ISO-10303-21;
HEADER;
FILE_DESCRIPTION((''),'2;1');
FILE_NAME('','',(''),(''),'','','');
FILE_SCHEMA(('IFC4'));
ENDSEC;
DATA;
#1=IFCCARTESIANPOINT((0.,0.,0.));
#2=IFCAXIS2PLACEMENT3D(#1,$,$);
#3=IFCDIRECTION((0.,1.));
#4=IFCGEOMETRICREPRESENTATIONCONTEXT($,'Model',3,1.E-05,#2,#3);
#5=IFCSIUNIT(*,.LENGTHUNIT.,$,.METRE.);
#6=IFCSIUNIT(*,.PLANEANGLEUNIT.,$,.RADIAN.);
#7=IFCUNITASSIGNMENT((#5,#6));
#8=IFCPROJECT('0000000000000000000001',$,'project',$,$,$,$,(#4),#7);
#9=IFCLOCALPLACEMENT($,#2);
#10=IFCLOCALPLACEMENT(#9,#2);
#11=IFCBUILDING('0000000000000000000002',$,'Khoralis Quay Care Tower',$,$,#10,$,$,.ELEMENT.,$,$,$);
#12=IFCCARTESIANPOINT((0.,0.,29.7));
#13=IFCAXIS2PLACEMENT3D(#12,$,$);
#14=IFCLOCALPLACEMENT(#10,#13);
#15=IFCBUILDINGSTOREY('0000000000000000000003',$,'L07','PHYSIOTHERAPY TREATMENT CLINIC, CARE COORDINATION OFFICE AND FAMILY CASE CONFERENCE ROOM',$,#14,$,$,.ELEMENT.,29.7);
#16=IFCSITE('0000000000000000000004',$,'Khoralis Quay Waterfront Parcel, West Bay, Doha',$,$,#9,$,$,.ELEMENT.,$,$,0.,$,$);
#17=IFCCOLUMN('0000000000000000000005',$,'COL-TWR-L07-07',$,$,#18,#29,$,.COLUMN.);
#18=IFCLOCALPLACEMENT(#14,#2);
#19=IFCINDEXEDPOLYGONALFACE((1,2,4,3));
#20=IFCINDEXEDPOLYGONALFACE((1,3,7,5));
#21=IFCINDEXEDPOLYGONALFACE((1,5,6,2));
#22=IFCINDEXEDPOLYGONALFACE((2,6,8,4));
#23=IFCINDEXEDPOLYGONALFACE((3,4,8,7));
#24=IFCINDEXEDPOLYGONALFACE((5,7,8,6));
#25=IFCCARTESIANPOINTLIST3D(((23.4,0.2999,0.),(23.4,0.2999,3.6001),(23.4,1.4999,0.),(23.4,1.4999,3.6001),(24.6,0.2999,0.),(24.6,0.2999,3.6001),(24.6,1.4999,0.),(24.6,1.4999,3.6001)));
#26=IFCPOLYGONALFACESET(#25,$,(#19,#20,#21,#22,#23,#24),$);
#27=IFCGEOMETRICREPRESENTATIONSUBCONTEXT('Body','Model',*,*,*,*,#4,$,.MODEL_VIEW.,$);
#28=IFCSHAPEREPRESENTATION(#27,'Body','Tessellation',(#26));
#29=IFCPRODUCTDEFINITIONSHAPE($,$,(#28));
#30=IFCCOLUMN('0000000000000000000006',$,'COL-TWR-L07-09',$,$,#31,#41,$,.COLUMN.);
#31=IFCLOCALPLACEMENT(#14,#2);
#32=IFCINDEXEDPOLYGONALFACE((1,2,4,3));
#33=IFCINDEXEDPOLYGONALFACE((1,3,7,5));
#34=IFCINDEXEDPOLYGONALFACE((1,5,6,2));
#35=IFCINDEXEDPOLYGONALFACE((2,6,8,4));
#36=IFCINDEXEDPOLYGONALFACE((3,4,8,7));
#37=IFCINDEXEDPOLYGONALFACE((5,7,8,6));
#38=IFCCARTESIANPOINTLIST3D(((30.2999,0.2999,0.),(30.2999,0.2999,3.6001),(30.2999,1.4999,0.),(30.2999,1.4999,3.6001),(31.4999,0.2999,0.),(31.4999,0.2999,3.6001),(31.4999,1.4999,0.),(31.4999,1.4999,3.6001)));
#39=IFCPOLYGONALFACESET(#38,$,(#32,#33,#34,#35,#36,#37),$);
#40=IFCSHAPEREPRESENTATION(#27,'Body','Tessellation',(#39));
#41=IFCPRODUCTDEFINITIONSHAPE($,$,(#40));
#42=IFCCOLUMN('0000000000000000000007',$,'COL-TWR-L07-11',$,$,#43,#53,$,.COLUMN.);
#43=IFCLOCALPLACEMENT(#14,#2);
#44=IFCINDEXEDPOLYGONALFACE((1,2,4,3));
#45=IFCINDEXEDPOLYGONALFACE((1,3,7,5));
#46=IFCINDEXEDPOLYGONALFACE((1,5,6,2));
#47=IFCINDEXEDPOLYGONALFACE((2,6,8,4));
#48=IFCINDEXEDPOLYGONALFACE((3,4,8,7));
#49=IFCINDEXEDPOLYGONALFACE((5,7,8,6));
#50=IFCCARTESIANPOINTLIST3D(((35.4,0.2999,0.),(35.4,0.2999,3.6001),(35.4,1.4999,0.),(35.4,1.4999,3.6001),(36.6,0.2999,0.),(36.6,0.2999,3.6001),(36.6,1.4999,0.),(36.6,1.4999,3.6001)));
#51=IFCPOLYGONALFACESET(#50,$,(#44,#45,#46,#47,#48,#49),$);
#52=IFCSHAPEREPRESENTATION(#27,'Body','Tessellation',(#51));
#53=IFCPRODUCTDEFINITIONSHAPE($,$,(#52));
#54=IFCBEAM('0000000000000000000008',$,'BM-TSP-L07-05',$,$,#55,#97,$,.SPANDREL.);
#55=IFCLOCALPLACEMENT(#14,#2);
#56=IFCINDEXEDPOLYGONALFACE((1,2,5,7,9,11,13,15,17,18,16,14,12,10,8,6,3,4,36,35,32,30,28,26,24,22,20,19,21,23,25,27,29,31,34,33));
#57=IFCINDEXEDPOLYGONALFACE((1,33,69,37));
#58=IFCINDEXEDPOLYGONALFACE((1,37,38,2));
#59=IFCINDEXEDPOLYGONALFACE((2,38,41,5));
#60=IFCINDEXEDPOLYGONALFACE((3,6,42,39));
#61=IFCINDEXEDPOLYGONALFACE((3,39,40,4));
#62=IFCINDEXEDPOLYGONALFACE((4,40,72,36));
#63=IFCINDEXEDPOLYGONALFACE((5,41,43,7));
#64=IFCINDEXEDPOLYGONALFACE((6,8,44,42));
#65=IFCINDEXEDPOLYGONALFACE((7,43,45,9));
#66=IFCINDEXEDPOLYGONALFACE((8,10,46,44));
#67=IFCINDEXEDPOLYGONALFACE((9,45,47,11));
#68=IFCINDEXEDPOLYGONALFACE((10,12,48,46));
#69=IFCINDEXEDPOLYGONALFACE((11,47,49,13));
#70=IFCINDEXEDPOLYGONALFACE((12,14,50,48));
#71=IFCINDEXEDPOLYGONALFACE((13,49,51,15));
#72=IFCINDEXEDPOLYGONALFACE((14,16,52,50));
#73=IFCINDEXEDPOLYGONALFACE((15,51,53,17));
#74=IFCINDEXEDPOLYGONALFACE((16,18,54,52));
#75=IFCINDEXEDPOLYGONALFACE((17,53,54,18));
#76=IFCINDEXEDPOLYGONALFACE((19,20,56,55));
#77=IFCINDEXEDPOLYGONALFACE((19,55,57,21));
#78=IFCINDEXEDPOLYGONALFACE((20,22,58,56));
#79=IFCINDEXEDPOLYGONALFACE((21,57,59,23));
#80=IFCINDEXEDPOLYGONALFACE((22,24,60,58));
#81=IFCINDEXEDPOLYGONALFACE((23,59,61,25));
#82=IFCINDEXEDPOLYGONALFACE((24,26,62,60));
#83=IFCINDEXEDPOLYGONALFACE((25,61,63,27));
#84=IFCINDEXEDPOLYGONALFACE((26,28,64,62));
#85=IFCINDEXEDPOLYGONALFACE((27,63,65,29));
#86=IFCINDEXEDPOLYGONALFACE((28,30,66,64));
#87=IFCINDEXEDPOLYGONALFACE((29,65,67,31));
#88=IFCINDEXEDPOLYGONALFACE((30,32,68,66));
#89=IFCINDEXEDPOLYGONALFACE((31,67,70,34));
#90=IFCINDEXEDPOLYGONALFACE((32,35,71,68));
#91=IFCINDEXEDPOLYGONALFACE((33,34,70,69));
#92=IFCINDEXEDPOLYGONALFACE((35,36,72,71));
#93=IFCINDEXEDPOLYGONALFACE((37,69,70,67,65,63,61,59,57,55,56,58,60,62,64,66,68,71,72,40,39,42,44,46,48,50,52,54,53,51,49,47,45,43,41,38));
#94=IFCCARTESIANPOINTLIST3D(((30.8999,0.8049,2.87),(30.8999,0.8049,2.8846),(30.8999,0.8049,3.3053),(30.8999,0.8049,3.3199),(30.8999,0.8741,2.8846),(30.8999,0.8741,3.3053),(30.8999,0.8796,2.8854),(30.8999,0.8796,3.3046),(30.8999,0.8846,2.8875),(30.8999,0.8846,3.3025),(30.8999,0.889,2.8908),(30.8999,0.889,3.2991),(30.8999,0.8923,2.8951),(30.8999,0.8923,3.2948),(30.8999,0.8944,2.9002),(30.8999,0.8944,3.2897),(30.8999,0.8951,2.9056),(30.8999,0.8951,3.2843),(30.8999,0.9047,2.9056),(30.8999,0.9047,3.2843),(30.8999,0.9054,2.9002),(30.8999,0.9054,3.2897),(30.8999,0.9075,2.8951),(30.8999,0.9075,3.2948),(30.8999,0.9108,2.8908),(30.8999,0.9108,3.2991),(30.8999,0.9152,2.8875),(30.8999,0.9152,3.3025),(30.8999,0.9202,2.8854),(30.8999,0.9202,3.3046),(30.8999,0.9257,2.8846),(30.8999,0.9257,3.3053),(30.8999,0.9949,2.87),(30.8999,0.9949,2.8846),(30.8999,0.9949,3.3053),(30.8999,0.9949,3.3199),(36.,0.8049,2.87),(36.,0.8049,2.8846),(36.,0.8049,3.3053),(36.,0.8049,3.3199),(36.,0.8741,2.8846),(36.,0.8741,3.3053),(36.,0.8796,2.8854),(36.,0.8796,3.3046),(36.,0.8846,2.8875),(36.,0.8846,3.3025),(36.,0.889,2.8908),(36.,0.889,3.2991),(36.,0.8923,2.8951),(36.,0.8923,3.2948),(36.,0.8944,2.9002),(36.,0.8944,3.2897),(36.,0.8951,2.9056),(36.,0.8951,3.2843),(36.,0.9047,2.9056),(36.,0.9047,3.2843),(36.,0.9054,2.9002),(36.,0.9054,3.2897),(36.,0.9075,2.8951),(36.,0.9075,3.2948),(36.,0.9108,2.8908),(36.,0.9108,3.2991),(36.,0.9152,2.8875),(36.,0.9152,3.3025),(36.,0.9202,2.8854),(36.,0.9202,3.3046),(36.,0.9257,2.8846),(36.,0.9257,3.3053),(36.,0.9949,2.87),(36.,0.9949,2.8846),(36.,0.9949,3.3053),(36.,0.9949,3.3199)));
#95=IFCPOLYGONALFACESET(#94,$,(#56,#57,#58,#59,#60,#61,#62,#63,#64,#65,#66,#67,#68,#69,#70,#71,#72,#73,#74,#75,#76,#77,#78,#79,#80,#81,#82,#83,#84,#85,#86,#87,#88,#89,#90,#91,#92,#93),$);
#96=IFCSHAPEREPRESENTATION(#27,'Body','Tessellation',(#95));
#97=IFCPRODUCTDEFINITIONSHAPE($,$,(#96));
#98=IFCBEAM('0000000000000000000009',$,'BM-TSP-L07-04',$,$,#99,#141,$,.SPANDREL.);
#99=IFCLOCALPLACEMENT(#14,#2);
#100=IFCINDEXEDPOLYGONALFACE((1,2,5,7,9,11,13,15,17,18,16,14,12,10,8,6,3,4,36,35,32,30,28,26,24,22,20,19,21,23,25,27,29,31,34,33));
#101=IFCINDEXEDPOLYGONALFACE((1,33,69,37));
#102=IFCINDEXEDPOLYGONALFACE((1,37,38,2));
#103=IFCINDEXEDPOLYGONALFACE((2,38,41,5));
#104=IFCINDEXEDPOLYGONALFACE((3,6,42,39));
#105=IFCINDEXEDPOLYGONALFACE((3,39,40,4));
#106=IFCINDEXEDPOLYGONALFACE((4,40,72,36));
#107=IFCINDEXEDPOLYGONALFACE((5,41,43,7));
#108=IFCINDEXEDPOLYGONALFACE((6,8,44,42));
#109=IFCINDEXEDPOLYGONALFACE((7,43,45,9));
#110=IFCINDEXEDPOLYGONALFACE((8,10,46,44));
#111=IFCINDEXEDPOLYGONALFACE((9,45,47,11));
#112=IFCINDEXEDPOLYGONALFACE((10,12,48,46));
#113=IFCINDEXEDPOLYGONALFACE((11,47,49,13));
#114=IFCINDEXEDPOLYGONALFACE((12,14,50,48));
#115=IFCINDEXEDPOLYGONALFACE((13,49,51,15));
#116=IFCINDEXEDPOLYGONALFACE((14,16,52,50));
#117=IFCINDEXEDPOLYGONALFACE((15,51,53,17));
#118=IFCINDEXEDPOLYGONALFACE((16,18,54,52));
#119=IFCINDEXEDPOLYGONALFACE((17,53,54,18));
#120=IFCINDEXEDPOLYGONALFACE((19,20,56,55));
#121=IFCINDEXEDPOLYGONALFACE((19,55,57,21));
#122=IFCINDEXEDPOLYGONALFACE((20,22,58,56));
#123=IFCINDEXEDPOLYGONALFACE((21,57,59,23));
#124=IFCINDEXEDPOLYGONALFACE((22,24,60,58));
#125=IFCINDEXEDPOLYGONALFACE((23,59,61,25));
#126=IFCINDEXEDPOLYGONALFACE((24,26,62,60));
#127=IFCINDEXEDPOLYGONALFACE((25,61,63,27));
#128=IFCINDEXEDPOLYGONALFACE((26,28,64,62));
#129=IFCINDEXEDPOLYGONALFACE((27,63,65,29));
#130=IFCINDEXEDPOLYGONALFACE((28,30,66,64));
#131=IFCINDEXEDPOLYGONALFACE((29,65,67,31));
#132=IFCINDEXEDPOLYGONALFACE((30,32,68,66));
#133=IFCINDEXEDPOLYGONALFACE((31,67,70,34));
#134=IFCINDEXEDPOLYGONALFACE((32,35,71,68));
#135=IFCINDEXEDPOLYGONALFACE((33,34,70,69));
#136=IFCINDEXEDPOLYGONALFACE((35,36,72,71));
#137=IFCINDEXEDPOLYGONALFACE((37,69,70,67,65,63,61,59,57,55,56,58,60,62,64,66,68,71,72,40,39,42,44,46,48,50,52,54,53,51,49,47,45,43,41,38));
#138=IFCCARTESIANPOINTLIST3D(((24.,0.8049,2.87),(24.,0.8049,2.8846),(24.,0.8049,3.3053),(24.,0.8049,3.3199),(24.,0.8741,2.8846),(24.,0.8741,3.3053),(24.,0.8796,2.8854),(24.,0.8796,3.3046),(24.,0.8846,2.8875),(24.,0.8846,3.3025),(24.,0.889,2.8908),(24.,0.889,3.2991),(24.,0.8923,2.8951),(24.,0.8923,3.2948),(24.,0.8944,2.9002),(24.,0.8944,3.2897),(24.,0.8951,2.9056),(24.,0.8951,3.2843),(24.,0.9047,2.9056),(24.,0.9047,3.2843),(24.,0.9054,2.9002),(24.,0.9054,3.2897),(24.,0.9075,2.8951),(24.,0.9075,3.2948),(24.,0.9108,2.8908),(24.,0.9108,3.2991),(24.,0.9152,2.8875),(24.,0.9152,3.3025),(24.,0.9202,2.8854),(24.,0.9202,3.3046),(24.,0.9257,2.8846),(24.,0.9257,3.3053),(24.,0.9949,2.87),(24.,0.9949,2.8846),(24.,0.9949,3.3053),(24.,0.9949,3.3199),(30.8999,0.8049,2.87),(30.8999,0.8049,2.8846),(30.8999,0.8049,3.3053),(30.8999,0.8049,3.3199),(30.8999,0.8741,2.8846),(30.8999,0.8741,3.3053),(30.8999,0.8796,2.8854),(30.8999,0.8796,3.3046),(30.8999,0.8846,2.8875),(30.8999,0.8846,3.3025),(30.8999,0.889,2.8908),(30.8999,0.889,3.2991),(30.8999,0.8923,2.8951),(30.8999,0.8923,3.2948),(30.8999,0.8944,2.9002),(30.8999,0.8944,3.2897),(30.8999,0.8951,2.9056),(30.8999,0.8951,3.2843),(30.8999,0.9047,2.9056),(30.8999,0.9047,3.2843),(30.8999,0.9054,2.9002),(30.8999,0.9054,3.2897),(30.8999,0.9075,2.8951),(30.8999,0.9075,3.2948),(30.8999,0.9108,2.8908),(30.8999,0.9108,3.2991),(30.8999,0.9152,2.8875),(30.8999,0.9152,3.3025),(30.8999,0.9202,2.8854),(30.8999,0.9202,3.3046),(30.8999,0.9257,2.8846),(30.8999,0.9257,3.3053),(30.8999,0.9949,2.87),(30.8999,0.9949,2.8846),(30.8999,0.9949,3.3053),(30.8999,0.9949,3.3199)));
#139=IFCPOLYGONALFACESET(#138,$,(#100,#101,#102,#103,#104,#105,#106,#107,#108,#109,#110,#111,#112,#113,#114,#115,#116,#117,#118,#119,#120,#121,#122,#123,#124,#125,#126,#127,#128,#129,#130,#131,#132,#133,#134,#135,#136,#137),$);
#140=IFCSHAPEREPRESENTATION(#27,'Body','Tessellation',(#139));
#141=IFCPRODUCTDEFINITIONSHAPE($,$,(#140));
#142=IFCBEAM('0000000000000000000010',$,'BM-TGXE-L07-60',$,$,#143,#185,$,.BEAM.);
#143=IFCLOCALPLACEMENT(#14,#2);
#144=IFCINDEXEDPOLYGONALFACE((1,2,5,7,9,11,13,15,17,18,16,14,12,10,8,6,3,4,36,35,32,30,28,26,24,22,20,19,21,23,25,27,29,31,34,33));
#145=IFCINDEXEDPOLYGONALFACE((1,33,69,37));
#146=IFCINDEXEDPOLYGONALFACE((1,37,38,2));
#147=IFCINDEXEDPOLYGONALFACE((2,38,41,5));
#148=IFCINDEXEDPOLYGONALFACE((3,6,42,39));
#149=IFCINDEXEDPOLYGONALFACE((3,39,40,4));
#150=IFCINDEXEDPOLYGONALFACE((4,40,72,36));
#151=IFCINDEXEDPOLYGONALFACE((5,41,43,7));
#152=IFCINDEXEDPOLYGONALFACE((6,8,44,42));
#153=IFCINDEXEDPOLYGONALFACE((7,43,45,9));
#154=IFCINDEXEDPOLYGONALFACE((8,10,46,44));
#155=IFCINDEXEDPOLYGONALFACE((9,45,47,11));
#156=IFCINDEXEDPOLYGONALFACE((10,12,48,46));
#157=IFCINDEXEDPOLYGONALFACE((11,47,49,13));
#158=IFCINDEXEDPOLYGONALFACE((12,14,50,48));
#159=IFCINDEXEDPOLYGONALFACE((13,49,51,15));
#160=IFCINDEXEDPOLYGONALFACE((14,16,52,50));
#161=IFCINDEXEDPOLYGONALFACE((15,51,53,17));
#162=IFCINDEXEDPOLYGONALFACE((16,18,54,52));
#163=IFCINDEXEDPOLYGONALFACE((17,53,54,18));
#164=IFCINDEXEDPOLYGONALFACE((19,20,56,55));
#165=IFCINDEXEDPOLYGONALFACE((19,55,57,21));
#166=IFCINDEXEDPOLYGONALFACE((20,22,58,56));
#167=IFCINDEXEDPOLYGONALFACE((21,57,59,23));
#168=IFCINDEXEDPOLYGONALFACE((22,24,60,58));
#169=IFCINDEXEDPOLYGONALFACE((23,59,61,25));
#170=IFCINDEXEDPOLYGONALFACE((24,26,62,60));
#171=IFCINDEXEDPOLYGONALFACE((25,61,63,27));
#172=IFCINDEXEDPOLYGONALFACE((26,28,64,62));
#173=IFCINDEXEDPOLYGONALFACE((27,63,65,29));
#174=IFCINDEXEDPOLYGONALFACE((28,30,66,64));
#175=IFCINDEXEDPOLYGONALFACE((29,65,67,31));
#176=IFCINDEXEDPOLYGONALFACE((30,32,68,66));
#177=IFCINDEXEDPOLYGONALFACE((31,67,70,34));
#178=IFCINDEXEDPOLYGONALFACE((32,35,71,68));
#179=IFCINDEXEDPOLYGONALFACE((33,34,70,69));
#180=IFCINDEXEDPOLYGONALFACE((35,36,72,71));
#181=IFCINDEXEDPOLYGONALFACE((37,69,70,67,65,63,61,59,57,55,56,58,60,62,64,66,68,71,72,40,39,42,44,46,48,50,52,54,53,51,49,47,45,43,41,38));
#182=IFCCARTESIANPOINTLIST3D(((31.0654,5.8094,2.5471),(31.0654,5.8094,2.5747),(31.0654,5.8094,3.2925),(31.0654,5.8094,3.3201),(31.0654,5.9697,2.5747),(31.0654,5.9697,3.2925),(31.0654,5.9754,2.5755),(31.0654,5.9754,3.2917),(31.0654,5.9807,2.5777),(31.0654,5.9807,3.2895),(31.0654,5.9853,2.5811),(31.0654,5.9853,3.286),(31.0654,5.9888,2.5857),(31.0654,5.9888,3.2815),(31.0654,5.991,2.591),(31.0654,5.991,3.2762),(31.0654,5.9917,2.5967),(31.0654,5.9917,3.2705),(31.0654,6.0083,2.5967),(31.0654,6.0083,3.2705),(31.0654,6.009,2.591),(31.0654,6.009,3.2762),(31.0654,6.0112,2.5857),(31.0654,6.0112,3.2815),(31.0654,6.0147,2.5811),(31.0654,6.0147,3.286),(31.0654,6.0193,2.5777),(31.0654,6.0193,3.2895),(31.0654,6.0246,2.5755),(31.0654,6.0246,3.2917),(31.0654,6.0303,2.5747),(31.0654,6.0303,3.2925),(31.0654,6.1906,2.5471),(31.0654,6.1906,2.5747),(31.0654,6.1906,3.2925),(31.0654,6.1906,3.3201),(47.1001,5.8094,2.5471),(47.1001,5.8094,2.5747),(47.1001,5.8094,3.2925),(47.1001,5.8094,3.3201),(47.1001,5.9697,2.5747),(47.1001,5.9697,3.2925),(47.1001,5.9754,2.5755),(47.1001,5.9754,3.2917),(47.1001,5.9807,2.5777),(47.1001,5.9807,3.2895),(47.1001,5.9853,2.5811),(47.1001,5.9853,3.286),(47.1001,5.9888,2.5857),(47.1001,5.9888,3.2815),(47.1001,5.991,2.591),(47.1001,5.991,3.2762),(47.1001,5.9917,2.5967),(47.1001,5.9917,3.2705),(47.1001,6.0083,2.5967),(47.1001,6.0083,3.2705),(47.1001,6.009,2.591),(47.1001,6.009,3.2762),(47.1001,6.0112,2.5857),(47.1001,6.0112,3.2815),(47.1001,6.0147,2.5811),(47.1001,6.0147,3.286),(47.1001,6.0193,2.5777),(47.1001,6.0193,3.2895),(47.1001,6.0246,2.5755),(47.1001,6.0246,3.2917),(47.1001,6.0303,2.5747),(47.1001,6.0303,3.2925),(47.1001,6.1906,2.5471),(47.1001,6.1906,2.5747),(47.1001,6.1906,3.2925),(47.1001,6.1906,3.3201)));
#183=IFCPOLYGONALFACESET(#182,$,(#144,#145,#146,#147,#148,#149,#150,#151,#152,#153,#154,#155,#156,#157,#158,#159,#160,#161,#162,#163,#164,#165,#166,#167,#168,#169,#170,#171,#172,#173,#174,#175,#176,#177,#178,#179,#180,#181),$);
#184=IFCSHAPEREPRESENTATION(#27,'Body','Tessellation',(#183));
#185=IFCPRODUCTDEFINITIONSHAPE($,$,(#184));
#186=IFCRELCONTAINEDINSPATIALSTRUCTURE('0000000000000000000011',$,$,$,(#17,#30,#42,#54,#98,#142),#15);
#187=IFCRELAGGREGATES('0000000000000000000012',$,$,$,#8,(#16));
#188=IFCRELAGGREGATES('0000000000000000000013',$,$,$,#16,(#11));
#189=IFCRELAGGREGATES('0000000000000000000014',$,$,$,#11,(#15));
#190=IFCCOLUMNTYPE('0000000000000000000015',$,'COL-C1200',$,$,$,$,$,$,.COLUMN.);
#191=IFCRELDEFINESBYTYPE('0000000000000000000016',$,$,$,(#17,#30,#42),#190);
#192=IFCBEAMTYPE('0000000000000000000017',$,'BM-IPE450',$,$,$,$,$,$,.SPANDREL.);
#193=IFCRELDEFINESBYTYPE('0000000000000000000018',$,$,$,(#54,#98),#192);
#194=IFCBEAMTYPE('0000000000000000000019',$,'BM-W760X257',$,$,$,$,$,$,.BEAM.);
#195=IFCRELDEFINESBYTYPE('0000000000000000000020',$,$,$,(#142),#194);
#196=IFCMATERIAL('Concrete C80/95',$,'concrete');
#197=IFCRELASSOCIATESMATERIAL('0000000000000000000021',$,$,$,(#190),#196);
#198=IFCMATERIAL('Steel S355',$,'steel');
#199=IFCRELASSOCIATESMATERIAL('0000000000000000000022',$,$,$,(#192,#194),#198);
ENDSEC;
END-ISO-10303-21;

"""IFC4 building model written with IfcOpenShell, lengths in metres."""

from ifc_helpers import new_model, si_unit, direction, frame, origin, origin_2d, place, context, subcontext, project, spatial, rectangle, i_section, extrude, source, transform, mapped, material, material_profile, profile_set, type_object, element, save


model = new_model("IFC4")

# Units and contexts
model_context = context("Model", 3, precision=1e-05, world=origin(), true_north=direction((0.0, 1.0)))
body_context = subcontext(model_context, "Body", "Model", "MODEL_VIEW")
ifc_project = project(units=[si_unit("LENGTHUNIT", "METRE"), si_unit("PLANEANGLEUNIT", "RADIAN")], contexts=[model_context])

# Site, building, storey
site_placement = place(None, origin())
site = spatial("IfcSite", under=ifc_project, at=site_placement, Name="Khoralis Quay Waterfront Parcel, West Bay, Doha", CompositionType="ELEMENT", RefElevation=0.0)
building_placement = place(site_placement, origin())
building = spatial("IfcBuilding", under=site, at=building_placement, Name="Khoralis Quay Care Tower", CompositionType="ELEMENT")
storey_placement = place(building_placement, frame((0.0, 0.0, 29.7)))
storey = spatial("IfcBuildingStorey", under=building, at=storey_placement, Name="L07", Description="PHYSIOTHERAPY TREATMENT CLINIC, CARE COORDINATION OFFICE AND FAMILY CASE CONFERENCE ROOM", CompositionType="ELEMENT", Elevation=29.7)

# Columns
ifc_material_1 = material(Name="Concrete C80/95", Category="concrete")
ifc_material_profile_1 = material_profile(ifc_material_1, rectangle(XDim=1.2, YDim=1.2, at=origin_2d()), Name="Concrete C80/95")
ifc_profile_set_1 = profile_set([ifc_material_profile_1], Name="Concrete C80/95")
column_type = type_object("IfcColumnType", Name="COL-C1200", PredefinedType="COLUMN", material=ifc_profile_set_1)
shared_shape_1 = source(origin(), body_context, "Body", "SweptSolid", [
    extrude(rectangle(XDim=1.2, YDim=1.2, at=origin_2d()), origin(), (0.0, 0.0, 1.0), 3.6001),
])
for number, where, z_axis, x_axis, name in (
    (1, (24.0, 0.8999, 0.0), (0.0, 0.0, 1.0), (1.0, 0.0, 0.0), "COL-TWR-L07-07"),
    (2, (30.8999, 0.8999, 0.0), (0.0, 0.0, 1.0), (1.0, 0.0, 0.0), "COL-TWR-L07-09"),
    (3, (36.0, 0.8999, 0.0), (0.0, 0.0, 1.0), (1.0, 0.0, 0.0), "COL-TWR-L07-11"),
):
    element("IfcColumn", number, at=place(storey_placement, frame(where, z_axis=z_axis, x_axis=x_axis)), inside=storey, type_object=column_type, Name=name, PredefinedType="COLUMN", context=body_context, shape_type="MappedRepresentation", body=[
        mapped(shared_shape_1, transform((0.0, 0.0, 0.0), scale=1.0)),
    ])

# Beams
ifc_material_2 = material(Name="Steel S355", Category="steel")
ifc_material_profile_2 = material_profile(ifc_material_2, i_section(OverallWidth=0.1899, OverallDepth=0.45, WebThickness=0.0095, FlangeThickness=0.0146, FilletRadius=0.021, at=origin_2d()), Name="Steel S355")
ifc_profile_set_2 = profile_set([ifc_material_profile_2], Name="Steel S355")
beam_type_1 = type_object("IfcBeamType", Name="BM-IPE450", PredefinedType="SPANDREL", material=ifc_profile_set_2)
shared_shape_2 = source(origin(), body_context, "Body", "SweptSolid", [
    extrude(i_section(OverallWidth=0.1899, OverallDepth=0.45, WebThickness=0.0095, FlangeThickness=0.0146, FilletRadius=0.021, at=origin_2d()), origin(), (0.0, 0.0, 1.0), 5.1001),
])
beam_1_placement = place(storey_placement, frame((30.8999, 0.8999, 3.095), z_axis=(1.0, 0.0, 0.0), x_axis=(0.0, 1.0, 0.0)))
element("IfcBeam", 4, at=beam_1_placement, inside=storey, type_object=beam_type_1, Name="BM-TSP-L07-05", PredefinedType="SPANDREL", context=body_context, shape_type="MappedRepresentation", body=[
    mapped(shared_shape_2, transform((0.0, 0.0, 0.0), scale=1.0)),
])
shared_shape_3 = source(origin(), body_context, "Body", "SweptSolid", [
    extrude(i_section(OverallWidth=0.1899, OverallDepth=0.45, WebThickness=0.0095, FlangeThickness=0.0146, FilletRadius=0.021, at=origin_2d()), origin(), (0.0, 0.0, 1.0), 6.8999),
])
beam_2_placement = place(storey_placement, frame((24.0, 0.8999, 3.095), z_axis=(1.0, 0.0, 0.0), x_axis=(0.0, 1.0, 0.0)))
element("IfcBeam", 5, at=beam_2_placement, inside=storey, type_object=beam_type_1, Name="BM-TSP-L07-04", PredefinedType="SPANDREL", context=body_context, shape_type="MappedRepresentation", body=[
    mapped(shared_shape_3, transform((0.0, 0.0, 0.0), scale=1.0)),
])
ifc_material_profile_3 = material_profile(ifc_material_2, i_section(OverallWidth=0.3811, OverallDepth=0.7729, WebThickness=0.0166, FlangeThickness=0.0276, FilletRadius=0.022, at=origin_2d()), Name="Steel S355")
ifc_profile_set_3 = profile_set([ifc_material_profile_3], Name="Steel S355")
beam_type_2 = type_object("IfcBeamType", Name="BM-W760X257", PredefinedType="BEAM", material=ifc_profile_set_3)
shared_shape_4 = source(origin(), body_context, "Body", "SweptSolid", [
    extrude(i_section(OverallWidth=0.3811, OverallDepth=0.7729, WebThickness=0.0166, FlangeThickness=0.0276, FilletRadius=0.022, at=origin_2d()), origin(), (0.0, 0.0, 1.0), 16.0347),
])
beam_3_placement = place(storey_placement, frame((31.0654, 6.0, 2.9336), z_axis=(1.0, 0.0, 0.0), x_axis=(0.0, 1.0, 0.0)))
element("IfcBeam", 6, at=beam_3_placement, inside=storey, type_object=beam_type_2, Name="BM-TGXE-L07-60", PredefinedType="BEAM", context=body_context, shape_type="MappedRepresentation", body=[
    mapped(shared_shape_4, transform((0.0, 0.0, 0.0), scale=1.0)),
])

save(model, "model.ifc")
